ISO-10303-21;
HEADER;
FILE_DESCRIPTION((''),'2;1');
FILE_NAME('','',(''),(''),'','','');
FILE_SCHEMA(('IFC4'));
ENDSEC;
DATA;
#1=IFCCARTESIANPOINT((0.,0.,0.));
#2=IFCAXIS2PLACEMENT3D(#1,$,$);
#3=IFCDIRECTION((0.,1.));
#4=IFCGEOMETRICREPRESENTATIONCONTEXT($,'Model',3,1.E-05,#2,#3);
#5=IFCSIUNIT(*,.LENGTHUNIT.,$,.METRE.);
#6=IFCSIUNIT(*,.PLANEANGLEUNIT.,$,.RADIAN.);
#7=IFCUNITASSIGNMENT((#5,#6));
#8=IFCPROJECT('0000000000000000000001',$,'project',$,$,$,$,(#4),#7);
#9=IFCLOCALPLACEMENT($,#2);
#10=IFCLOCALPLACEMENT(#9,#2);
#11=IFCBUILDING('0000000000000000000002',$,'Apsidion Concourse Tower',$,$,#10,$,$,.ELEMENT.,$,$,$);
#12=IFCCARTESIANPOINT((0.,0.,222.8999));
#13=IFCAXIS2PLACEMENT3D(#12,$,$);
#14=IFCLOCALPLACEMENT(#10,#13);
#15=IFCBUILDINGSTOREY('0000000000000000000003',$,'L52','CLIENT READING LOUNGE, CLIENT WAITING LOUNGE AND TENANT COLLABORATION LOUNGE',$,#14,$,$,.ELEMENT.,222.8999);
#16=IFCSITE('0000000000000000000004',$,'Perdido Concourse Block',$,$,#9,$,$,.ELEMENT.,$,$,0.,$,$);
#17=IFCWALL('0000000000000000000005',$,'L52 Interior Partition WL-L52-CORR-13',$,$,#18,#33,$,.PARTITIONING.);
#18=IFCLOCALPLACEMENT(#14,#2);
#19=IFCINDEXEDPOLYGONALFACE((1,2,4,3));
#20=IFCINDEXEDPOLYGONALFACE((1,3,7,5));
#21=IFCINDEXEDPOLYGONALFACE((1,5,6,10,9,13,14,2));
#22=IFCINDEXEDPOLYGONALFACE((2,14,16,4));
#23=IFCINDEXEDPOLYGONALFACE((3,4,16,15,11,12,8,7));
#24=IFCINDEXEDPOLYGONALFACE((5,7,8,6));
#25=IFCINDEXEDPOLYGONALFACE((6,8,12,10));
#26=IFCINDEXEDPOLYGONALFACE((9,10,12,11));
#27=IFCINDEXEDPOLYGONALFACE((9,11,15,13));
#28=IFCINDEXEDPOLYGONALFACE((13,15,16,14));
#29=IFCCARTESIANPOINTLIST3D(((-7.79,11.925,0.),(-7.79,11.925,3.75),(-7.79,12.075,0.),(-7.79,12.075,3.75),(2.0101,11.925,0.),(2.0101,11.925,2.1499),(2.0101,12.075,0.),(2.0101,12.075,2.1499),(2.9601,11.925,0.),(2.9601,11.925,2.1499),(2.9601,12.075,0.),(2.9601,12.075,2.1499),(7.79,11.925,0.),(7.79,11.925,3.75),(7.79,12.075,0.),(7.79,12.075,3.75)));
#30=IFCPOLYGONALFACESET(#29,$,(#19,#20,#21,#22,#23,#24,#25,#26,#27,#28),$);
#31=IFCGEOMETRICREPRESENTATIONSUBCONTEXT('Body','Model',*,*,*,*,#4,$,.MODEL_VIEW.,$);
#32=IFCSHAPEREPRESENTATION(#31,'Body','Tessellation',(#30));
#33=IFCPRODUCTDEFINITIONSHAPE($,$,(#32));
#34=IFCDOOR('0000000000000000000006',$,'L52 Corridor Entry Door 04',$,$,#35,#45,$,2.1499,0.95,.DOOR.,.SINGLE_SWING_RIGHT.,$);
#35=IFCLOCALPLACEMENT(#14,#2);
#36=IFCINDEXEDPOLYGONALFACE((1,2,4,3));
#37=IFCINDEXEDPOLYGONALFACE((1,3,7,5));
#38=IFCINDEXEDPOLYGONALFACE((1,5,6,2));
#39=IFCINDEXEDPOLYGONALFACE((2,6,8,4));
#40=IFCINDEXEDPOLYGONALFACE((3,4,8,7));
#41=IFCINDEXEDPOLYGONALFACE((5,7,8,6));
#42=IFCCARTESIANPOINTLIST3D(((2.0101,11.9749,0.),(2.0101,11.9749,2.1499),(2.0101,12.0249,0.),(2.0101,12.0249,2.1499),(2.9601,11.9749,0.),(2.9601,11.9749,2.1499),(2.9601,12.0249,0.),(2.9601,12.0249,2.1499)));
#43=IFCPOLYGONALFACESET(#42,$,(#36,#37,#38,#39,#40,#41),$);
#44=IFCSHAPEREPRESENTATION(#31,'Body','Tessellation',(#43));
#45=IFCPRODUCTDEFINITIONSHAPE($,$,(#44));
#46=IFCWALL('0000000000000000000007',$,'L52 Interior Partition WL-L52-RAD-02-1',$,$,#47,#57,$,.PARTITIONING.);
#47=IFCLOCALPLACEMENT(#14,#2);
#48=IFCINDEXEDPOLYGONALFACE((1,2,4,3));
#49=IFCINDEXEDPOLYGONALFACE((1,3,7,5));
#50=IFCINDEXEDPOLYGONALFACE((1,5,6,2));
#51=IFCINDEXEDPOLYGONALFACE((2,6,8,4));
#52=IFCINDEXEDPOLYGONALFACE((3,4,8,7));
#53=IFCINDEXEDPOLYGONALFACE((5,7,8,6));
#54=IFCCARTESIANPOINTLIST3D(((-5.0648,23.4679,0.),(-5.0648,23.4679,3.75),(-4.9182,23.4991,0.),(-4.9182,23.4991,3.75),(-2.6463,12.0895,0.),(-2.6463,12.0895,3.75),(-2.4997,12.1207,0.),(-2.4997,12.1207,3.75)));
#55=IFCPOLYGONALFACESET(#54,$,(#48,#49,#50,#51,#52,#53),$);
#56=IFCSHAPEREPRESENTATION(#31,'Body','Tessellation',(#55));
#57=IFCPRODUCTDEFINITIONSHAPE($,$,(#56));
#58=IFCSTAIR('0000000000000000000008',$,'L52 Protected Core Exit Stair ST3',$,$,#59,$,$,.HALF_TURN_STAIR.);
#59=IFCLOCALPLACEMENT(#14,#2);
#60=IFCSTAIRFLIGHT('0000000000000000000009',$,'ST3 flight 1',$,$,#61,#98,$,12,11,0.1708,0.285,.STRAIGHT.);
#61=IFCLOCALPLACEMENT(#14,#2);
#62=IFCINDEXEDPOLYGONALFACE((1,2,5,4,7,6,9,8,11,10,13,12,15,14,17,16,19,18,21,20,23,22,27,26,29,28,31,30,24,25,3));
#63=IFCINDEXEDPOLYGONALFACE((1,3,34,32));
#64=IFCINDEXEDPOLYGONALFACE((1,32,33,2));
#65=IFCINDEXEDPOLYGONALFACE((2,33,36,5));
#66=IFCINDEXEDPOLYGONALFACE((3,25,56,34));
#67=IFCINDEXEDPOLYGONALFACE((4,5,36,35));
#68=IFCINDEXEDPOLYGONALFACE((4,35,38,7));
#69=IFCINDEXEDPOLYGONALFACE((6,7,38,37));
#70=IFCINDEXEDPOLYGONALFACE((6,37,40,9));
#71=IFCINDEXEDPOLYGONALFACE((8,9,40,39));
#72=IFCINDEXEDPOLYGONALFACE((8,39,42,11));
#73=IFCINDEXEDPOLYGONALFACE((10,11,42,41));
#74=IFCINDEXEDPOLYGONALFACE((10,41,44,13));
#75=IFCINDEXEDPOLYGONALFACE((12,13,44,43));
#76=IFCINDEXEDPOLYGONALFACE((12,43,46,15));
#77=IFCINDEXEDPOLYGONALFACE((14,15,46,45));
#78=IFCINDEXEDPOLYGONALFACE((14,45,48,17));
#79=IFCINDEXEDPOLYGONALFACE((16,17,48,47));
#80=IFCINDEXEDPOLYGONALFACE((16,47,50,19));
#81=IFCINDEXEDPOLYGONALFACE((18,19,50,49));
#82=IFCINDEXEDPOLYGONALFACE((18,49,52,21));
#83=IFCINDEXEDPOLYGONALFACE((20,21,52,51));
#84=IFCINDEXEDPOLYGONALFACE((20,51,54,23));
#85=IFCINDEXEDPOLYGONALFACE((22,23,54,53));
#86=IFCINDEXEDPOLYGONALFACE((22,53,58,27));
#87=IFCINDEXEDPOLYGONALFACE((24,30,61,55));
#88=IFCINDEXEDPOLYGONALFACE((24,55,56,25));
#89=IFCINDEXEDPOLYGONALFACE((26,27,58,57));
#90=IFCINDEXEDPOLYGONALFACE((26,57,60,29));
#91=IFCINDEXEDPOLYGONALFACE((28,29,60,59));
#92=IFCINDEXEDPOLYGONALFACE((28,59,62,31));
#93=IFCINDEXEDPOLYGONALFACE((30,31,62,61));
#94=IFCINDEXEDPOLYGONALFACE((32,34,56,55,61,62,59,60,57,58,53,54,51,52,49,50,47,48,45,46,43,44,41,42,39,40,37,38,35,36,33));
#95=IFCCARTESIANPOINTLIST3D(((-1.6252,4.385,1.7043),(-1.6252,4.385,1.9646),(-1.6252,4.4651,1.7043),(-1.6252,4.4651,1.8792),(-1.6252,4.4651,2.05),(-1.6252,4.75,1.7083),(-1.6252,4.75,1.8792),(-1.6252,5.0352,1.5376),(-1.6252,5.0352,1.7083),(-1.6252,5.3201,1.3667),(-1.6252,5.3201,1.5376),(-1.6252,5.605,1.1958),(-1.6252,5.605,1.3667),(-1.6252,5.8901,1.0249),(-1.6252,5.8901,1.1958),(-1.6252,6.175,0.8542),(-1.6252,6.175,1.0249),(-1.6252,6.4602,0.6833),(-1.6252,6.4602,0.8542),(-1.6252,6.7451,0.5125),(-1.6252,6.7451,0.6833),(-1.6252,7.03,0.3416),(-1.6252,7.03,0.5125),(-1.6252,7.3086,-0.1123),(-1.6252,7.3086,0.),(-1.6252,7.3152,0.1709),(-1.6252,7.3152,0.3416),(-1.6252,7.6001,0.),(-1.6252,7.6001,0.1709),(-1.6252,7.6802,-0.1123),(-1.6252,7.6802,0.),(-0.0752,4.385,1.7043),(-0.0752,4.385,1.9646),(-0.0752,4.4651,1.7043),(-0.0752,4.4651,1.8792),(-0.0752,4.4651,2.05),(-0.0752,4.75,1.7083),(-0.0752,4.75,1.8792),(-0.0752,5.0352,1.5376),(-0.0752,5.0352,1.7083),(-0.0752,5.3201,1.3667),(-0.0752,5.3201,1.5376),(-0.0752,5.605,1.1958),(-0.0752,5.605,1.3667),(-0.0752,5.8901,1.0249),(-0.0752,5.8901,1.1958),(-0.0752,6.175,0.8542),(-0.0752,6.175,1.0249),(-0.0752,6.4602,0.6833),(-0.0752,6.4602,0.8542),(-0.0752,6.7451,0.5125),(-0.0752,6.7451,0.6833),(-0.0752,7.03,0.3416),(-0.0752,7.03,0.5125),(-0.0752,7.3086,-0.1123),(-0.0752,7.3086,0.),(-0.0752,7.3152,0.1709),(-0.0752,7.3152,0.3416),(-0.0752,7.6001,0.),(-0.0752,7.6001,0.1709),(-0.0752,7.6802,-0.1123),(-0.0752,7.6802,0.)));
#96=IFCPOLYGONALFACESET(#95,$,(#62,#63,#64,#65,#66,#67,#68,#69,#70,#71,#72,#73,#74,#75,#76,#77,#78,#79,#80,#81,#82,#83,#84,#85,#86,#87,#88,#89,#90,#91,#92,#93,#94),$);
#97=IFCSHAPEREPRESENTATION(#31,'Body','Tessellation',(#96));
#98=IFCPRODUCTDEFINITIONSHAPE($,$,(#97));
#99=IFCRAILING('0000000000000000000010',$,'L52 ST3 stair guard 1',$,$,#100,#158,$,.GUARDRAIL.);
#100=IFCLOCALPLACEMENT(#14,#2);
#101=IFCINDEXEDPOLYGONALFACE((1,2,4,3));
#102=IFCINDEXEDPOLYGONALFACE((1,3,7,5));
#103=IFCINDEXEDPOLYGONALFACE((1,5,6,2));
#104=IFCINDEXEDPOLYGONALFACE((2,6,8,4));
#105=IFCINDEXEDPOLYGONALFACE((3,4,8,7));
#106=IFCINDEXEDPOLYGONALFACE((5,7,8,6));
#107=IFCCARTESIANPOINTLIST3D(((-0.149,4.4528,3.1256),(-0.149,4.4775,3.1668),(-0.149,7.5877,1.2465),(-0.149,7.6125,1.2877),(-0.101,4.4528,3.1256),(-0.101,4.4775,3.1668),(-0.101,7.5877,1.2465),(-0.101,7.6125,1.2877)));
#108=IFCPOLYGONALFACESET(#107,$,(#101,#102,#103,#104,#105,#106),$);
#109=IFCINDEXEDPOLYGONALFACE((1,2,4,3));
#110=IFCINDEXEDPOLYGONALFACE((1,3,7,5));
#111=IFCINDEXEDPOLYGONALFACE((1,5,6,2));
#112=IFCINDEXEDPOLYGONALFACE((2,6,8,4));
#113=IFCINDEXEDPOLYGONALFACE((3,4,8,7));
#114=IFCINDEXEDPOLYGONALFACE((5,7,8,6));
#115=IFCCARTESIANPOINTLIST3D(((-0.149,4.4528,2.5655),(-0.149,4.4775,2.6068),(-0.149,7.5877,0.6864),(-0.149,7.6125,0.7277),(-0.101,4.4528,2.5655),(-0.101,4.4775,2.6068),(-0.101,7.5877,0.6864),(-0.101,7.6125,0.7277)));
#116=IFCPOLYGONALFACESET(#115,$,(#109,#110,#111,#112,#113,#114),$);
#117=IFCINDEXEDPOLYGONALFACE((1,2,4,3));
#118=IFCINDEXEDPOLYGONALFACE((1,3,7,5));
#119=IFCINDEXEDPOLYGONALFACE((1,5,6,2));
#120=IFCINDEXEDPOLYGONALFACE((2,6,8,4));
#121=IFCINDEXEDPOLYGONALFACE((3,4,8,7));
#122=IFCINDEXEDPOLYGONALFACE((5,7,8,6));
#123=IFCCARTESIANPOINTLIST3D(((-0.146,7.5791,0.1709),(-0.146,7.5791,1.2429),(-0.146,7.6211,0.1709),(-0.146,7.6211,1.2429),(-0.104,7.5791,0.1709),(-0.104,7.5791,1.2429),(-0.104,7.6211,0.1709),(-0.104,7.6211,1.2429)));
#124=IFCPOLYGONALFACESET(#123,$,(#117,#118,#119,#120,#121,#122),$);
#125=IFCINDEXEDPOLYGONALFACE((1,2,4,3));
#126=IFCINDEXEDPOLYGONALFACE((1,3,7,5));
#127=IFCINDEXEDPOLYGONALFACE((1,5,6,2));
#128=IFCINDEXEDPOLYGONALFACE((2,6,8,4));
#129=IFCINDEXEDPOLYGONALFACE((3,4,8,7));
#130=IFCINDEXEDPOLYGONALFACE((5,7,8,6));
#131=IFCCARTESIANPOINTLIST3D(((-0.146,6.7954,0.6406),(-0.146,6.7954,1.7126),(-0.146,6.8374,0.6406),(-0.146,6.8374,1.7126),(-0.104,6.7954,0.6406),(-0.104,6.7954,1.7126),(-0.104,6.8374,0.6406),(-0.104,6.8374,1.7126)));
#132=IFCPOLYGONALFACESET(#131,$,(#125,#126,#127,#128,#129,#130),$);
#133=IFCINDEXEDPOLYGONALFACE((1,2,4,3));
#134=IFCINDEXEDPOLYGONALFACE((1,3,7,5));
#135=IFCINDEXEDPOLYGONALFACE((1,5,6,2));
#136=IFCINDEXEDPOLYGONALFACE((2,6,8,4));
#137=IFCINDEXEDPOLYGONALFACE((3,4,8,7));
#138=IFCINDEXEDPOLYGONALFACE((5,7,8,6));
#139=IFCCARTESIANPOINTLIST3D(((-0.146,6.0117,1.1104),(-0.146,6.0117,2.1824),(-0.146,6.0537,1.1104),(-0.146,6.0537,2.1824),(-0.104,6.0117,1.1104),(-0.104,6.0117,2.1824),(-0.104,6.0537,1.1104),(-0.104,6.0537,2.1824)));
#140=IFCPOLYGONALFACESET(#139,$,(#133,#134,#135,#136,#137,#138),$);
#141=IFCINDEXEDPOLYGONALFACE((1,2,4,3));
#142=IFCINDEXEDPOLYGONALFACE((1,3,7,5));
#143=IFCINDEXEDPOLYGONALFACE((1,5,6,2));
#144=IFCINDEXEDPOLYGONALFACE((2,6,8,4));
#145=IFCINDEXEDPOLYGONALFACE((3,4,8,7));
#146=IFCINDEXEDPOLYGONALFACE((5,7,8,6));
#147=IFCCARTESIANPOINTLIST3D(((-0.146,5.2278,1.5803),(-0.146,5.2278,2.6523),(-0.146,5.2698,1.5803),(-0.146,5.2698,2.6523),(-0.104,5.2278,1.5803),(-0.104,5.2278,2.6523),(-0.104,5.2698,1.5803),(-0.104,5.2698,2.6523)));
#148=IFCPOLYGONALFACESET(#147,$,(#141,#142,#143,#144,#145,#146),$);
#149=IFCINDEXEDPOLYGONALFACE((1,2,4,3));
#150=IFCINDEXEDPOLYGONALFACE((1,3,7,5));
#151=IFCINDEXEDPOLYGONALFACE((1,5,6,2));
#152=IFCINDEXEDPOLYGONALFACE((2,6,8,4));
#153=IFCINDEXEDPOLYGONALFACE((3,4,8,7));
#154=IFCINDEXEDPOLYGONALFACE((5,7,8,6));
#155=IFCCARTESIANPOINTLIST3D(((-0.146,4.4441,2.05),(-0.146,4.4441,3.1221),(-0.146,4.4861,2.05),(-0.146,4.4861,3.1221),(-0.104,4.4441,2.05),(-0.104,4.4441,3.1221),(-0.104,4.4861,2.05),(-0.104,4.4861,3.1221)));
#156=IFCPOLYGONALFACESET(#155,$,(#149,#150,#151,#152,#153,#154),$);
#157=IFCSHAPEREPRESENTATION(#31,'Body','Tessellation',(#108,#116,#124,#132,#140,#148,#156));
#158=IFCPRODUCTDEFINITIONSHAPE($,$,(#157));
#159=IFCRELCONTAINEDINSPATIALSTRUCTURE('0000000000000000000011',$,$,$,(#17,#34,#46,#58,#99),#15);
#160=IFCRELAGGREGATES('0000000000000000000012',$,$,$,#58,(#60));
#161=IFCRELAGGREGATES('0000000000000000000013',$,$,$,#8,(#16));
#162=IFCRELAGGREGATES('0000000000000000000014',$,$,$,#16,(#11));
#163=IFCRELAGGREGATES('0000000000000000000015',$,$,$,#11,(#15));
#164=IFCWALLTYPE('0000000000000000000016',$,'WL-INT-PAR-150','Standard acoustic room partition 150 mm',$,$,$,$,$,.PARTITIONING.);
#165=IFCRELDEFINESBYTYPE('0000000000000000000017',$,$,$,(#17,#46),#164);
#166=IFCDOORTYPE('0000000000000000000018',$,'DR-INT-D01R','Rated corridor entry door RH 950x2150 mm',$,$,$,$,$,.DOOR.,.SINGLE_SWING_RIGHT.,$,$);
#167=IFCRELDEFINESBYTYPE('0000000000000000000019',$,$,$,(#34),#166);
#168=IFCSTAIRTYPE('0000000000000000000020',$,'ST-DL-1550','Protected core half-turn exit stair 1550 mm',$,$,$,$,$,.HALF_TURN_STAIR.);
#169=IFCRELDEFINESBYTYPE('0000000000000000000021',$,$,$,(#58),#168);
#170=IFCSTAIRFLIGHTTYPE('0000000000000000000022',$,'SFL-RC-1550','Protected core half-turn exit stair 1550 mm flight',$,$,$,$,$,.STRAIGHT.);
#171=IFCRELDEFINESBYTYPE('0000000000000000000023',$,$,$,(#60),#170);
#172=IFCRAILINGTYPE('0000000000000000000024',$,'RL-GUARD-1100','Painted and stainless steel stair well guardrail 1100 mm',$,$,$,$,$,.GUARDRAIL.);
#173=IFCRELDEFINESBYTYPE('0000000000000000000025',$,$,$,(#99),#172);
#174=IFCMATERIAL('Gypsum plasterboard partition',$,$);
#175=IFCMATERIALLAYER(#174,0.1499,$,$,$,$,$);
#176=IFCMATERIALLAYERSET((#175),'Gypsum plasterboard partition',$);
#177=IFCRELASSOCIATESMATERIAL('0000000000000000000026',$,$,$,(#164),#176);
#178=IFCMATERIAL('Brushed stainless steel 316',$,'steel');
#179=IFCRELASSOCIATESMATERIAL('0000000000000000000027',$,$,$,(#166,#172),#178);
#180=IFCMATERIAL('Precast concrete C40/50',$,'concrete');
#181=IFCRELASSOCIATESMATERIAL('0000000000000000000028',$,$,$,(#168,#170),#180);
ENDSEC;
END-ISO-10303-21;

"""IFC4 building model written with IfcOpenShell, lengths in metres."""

from ifc_helpers import new_model, si_unit, direction, frame, frame_2d, origin, origin_2d, place, context, subcontext, project, spatial, polyline, rectangle, outline, extrude, material, layer, layer_set, type_object, element, fill, aggregate, save


model = new_model("IFC4")

# Units and contexts
model_context = context("Model", 3, precision=1e-05, world=origin(), true_north=direction((0.0, 1.0)))
body_context = subcontext(model_context, "Body", "Model", "MODEL_VIEW")
ifc_project = project(units=[si_unit("LENGTHUNIT", "METRE"), si_unit("PLANEANGLEUNIT", "RADIAN")], contexts=[model_context])

# Site, building, storey
site_placement = place(None, origin())
site = spatial("IfcSite", under=ifc_project, at=site_placement, Name="Perdido Concourse Block", CompositionType="ELEMENT", RefElevation=0.0)
building_placement = place(site_placement, origin())
building = spatial("IfcBuilding", under=site, at=building_placement, Name="Apsidion Concourse Tower", CompositionType="ELEMENT")
storey_placement = place(building_placement, frame((0.0, 0.0, 222.8999)))
storey = spatial("IfcBuildingStorey", under=building, at=storey_placement, Name="L52", Description="CLIENT READING LOUNGE, CLIENT WAITING LOUNGE AND TENANT COLLABORATION LOUNGE", CompositionType="ELEMENT", Elevation=222.8999)

# Shared definitions
ifc_material_1 = material(Name="Precast concrete C40/50", Category="concrete")

# Shared definitions
ifc_material_2 = material(Name="Gypsum plasterboard partition")
ifc_layer_1 = layer(ifc_material_2, 0.1499)
ifc_layer_set_1 = layer_set([ifc_layer_1], Name="Gypsum plasterboard partition")
wall_type_1 = type_object("IfcWallType", Name="WL-INT-PAR-150", Description="Standard acoustic room partition 150 mm", PredefinedType="PARTITIONING", material=ifc_layer_set_1)

# Wall, opening, door
wall_1_placement = place(storey_placement, frame((-7.79, 12.0, 0.0), z_axis=(0.0, 0.0, 1.0), x_axis=(1.0, 0.0, 0.0)))
wall_1 = element("IfcWall", 1, at=wall_1_placement, inside=storey, type_object=wall_type_1, Name="L52 Interior Partition WL-L52-CORR-13", PredefinedType="PARTITIONING", context=body_context, shape_type="SweptSolid", body=[
    extrude(rectangle(XDim=15.5801, YDim=0.1499, at=frame_2d((7.79, 0.0))), origin(), (0.0, 0.0, 1.0), 3.75),
])
opening_1_placement = place(wall_1_placement, frame((9.8, 0.0, 0.0)))
opening_1 = element("IfcOpeningElement", 2, at=opening_1_placement, cuts=wall_1, PredefinedType="OPENING", context=body_context, shape_type="SweptSolid", body=[
    extrude(rectangle(XDim=0.95, YDim=2.1499, at=frame_2d((0.4751, 1.075))), frame((0.0, 0.085, 0.0), z_axis=(0.0, -1.0, 0.0), x_axis=(1.0, 0.0, 0.0)), (0.0, 0.0, 1.0), 0.1699),
])
ifc_material_3 = material(Name="Brushed stainless steel 316", Category="steel")
door_type_1 = type_object("IfcDoorType", Name="DR-INT-D01R", Description="Rated corridor entry door RH 950x2150 mm", OperationType="SINGLE_SWING_RIGHT", PredefinedType="DOOR", material=ifc_material_3)
door_1_placement = place(opening_1_placement, origin())
door_1 = element("IfcDoor", 3, at=door_1_placement, inside=storey, type_object=door_type_1, Name="L52 Corridor Entry Door 04", OperationType="SINGLE_SWING_RIGHT", OverallHeight=2.1499, OverallWidth=0.95, PredefinedType="DOOR", context=body_context, shape_type="SweptSolid", body=[
    extrude(rectangle(XDim=0.95, YDim=2.1499, at=frame_2d((0.4751, 1.075))), frame((0.0, 0.0249, 0.0), z_axis=(0.0, -1.0, 0.0), x_axis=(1.0, 0.0, 0.0)), (0.0, 0.0, 1.0), 0.05),
])
fill(opening_1, door_1)

# Wall
wall_2_placement = place(storey_placement, frame((-2.573, 12.105, 0.0), z_axis=(0.0, 0.0, 1.0), x_axis=(-0.207903, 0.978149, 0.0)))
element("IfcWall", 4, at=wall_2_placement, inside=storey, type_object=wall_type_1, Name="L52 Interior Partition WL-L52-RAD-02-1", PredefinedType="PARTITIONING", context=body_context, shape_type="SweptSolid", body=[
    extrude(rectangle(XDim=11.6326, YDim=0.1499, at=frame_2d((5.8164, 0.0))), origin(), (0.0, 0.0, 1.0), 3.75),
])

# Stair, stair flight
stair_type = type_object("IfcStairType", Name="ST-DL-1550", Description="Protected core half-turn exit stair 1550 mm", PredefinedType="HALF_TURN_STAIR", material=ifc_material_1)
stair_placement = place(storey_placement, origin())
stair = element("IfcStair", 5, at=stair_placement, inside=storey, type_object=stair_type, Name="L52 Protected Core Exit Stair ST3", PredefinedType="HALF_TURN_STAIR")
stair_flight_type = type_object("IfcStairFlightType", Name="SFL-RC-1550", Description="Protected core half-turn exit stair 1550 mm flight", PredefinedType="STRAIGHT", material=ifc_material_1)
stair_flight_placement = place(storey_placement, frame((-0.8501, 7.6001, 0.0), z_axis=(0.0, 0.0, 1.0), x_axis=(0.0, -1.0, 0.0)))
stair_flight = element("IfcStairFlight", 6, at=stair_flight_placement, type_object=stair_flight_type, Name="ST3 flight 1", NumberOfRisers=12, NumberOfTreads=11, PredefinedType="STRAIGHT", RiserHeight=0.1708, TreadLength=0.285, context=body_context, shape_type="SweptSolid", body=[
    extrude(outline(polyline([(-0.0801, -0.1123), (-0.0801, 0.0), (0.0, 0.0), (0.0, 0.1709), (0.2849, 0.1709), (0.2849, 0.3416), (0.5701, 0.3416), (0.5701, 0.5125), (0.855, 0.5125), (0.855, 0.6833), (1.1399, 0.6833), (1.1399, 0.8542), (1.425, 0.8542), (1.425, 1.0249), (1.71, 1.0249), (1.71, 1.1958), (1.9951, 1.1958), (1.9951, 1.3667), (2.28, 1.3667), (2.28, 1.5376), (2.5649, 1.5376), (2.5649, 1.7083), (2.8501, 1.7083), (2.8501, 1.8792), (3.135, 1.8792), (3.135, 2.05), (3.2151, 1.9646), (3.2151, 1.7043), (3.135, 1.7043), (0.2915, 0.0), (0.2915, -0.1123), (-0.0801, -0.1123)])), frame((0.0, 0.7749, 0.0), z_axis=(0.0, -1.0, 0.0), x_axis=(1.0, 0.0, 0.0)), (0.0, 0.0, 1.0), 1.55),
])
aggregate(stair, [stair_flight])

# Railing
railing_type_1 = type_object("IfcRailingType", Name="RL-GUARD-1100", Description="Painted and stainless steel stair well guardrail 1100 mm", PredefinedType="GUARDRAIL", material=ifc_material_3)
railing_1_placement = place(storey_placement, frame((-0.125, 7.6001, 0.1709)))
element("IfcRailing", 7, at=railing_1_placement, inside=storey, type_object=railing_type_1, Name="L52 ST3 stair guard 1", PredefinedType="GUARDRAIL", context=body_context, shape_type="SweptSolid", body=[
    extrude(rectangle(XDim=0.0481, YDim=0.0481, at=origin_2d()), frame((0.0, 0.0, 1.0962), z_axis=(0.0, -0.857717, 0.514122), x_axis=(1.0, 0.0, 0.0)), (0.0, 0.0, 1.0), 3.655),
    extrude(rectangle(XDim=0.0481, YDim=0.0481, at=origin_2d()), frame((0.0, 0.0, 0.5361), z_axis=(0.0, -0.857717, 0.514122), x_axis=(1.0, 0.0, 0.0)), (0.0, 0.0, 1.0), 3.655),
    extrude(rectangle(XDim=0.042, YDim=0.042, at=origin_2d()), origin(), (0.0, 0.0, 1.0), 1.072),
    extrude(rectangle(XDim=0.042, YDim=0.042, at=origin_2d()), frame((0.0, -0.7837, 0.4697)), (0.0, 0.0, 1.0), 1.072),
    extrude(rectangle(XDim=0.042, YDim=0.042, at=origin_2d()), frame((0.0, -1.5674, 0.9395)), (0.0, 0.0, 1.0), 1.072),
    extrude(rectangle(XDim=0.042, YDim=0.042, at=origin_2d()), frame((0.0, -2.3513, 1.4094)), (0.0, 0.0, 1.0), 1.072),
    extrude(rectangle(XDim=0.042, YDim=0.042, at=origin_2d()), frame((0.0, -3.135, 1.8792)), (0.0, 0.0, 1.0), 1.072),
])

save(model, "model.ifc")
